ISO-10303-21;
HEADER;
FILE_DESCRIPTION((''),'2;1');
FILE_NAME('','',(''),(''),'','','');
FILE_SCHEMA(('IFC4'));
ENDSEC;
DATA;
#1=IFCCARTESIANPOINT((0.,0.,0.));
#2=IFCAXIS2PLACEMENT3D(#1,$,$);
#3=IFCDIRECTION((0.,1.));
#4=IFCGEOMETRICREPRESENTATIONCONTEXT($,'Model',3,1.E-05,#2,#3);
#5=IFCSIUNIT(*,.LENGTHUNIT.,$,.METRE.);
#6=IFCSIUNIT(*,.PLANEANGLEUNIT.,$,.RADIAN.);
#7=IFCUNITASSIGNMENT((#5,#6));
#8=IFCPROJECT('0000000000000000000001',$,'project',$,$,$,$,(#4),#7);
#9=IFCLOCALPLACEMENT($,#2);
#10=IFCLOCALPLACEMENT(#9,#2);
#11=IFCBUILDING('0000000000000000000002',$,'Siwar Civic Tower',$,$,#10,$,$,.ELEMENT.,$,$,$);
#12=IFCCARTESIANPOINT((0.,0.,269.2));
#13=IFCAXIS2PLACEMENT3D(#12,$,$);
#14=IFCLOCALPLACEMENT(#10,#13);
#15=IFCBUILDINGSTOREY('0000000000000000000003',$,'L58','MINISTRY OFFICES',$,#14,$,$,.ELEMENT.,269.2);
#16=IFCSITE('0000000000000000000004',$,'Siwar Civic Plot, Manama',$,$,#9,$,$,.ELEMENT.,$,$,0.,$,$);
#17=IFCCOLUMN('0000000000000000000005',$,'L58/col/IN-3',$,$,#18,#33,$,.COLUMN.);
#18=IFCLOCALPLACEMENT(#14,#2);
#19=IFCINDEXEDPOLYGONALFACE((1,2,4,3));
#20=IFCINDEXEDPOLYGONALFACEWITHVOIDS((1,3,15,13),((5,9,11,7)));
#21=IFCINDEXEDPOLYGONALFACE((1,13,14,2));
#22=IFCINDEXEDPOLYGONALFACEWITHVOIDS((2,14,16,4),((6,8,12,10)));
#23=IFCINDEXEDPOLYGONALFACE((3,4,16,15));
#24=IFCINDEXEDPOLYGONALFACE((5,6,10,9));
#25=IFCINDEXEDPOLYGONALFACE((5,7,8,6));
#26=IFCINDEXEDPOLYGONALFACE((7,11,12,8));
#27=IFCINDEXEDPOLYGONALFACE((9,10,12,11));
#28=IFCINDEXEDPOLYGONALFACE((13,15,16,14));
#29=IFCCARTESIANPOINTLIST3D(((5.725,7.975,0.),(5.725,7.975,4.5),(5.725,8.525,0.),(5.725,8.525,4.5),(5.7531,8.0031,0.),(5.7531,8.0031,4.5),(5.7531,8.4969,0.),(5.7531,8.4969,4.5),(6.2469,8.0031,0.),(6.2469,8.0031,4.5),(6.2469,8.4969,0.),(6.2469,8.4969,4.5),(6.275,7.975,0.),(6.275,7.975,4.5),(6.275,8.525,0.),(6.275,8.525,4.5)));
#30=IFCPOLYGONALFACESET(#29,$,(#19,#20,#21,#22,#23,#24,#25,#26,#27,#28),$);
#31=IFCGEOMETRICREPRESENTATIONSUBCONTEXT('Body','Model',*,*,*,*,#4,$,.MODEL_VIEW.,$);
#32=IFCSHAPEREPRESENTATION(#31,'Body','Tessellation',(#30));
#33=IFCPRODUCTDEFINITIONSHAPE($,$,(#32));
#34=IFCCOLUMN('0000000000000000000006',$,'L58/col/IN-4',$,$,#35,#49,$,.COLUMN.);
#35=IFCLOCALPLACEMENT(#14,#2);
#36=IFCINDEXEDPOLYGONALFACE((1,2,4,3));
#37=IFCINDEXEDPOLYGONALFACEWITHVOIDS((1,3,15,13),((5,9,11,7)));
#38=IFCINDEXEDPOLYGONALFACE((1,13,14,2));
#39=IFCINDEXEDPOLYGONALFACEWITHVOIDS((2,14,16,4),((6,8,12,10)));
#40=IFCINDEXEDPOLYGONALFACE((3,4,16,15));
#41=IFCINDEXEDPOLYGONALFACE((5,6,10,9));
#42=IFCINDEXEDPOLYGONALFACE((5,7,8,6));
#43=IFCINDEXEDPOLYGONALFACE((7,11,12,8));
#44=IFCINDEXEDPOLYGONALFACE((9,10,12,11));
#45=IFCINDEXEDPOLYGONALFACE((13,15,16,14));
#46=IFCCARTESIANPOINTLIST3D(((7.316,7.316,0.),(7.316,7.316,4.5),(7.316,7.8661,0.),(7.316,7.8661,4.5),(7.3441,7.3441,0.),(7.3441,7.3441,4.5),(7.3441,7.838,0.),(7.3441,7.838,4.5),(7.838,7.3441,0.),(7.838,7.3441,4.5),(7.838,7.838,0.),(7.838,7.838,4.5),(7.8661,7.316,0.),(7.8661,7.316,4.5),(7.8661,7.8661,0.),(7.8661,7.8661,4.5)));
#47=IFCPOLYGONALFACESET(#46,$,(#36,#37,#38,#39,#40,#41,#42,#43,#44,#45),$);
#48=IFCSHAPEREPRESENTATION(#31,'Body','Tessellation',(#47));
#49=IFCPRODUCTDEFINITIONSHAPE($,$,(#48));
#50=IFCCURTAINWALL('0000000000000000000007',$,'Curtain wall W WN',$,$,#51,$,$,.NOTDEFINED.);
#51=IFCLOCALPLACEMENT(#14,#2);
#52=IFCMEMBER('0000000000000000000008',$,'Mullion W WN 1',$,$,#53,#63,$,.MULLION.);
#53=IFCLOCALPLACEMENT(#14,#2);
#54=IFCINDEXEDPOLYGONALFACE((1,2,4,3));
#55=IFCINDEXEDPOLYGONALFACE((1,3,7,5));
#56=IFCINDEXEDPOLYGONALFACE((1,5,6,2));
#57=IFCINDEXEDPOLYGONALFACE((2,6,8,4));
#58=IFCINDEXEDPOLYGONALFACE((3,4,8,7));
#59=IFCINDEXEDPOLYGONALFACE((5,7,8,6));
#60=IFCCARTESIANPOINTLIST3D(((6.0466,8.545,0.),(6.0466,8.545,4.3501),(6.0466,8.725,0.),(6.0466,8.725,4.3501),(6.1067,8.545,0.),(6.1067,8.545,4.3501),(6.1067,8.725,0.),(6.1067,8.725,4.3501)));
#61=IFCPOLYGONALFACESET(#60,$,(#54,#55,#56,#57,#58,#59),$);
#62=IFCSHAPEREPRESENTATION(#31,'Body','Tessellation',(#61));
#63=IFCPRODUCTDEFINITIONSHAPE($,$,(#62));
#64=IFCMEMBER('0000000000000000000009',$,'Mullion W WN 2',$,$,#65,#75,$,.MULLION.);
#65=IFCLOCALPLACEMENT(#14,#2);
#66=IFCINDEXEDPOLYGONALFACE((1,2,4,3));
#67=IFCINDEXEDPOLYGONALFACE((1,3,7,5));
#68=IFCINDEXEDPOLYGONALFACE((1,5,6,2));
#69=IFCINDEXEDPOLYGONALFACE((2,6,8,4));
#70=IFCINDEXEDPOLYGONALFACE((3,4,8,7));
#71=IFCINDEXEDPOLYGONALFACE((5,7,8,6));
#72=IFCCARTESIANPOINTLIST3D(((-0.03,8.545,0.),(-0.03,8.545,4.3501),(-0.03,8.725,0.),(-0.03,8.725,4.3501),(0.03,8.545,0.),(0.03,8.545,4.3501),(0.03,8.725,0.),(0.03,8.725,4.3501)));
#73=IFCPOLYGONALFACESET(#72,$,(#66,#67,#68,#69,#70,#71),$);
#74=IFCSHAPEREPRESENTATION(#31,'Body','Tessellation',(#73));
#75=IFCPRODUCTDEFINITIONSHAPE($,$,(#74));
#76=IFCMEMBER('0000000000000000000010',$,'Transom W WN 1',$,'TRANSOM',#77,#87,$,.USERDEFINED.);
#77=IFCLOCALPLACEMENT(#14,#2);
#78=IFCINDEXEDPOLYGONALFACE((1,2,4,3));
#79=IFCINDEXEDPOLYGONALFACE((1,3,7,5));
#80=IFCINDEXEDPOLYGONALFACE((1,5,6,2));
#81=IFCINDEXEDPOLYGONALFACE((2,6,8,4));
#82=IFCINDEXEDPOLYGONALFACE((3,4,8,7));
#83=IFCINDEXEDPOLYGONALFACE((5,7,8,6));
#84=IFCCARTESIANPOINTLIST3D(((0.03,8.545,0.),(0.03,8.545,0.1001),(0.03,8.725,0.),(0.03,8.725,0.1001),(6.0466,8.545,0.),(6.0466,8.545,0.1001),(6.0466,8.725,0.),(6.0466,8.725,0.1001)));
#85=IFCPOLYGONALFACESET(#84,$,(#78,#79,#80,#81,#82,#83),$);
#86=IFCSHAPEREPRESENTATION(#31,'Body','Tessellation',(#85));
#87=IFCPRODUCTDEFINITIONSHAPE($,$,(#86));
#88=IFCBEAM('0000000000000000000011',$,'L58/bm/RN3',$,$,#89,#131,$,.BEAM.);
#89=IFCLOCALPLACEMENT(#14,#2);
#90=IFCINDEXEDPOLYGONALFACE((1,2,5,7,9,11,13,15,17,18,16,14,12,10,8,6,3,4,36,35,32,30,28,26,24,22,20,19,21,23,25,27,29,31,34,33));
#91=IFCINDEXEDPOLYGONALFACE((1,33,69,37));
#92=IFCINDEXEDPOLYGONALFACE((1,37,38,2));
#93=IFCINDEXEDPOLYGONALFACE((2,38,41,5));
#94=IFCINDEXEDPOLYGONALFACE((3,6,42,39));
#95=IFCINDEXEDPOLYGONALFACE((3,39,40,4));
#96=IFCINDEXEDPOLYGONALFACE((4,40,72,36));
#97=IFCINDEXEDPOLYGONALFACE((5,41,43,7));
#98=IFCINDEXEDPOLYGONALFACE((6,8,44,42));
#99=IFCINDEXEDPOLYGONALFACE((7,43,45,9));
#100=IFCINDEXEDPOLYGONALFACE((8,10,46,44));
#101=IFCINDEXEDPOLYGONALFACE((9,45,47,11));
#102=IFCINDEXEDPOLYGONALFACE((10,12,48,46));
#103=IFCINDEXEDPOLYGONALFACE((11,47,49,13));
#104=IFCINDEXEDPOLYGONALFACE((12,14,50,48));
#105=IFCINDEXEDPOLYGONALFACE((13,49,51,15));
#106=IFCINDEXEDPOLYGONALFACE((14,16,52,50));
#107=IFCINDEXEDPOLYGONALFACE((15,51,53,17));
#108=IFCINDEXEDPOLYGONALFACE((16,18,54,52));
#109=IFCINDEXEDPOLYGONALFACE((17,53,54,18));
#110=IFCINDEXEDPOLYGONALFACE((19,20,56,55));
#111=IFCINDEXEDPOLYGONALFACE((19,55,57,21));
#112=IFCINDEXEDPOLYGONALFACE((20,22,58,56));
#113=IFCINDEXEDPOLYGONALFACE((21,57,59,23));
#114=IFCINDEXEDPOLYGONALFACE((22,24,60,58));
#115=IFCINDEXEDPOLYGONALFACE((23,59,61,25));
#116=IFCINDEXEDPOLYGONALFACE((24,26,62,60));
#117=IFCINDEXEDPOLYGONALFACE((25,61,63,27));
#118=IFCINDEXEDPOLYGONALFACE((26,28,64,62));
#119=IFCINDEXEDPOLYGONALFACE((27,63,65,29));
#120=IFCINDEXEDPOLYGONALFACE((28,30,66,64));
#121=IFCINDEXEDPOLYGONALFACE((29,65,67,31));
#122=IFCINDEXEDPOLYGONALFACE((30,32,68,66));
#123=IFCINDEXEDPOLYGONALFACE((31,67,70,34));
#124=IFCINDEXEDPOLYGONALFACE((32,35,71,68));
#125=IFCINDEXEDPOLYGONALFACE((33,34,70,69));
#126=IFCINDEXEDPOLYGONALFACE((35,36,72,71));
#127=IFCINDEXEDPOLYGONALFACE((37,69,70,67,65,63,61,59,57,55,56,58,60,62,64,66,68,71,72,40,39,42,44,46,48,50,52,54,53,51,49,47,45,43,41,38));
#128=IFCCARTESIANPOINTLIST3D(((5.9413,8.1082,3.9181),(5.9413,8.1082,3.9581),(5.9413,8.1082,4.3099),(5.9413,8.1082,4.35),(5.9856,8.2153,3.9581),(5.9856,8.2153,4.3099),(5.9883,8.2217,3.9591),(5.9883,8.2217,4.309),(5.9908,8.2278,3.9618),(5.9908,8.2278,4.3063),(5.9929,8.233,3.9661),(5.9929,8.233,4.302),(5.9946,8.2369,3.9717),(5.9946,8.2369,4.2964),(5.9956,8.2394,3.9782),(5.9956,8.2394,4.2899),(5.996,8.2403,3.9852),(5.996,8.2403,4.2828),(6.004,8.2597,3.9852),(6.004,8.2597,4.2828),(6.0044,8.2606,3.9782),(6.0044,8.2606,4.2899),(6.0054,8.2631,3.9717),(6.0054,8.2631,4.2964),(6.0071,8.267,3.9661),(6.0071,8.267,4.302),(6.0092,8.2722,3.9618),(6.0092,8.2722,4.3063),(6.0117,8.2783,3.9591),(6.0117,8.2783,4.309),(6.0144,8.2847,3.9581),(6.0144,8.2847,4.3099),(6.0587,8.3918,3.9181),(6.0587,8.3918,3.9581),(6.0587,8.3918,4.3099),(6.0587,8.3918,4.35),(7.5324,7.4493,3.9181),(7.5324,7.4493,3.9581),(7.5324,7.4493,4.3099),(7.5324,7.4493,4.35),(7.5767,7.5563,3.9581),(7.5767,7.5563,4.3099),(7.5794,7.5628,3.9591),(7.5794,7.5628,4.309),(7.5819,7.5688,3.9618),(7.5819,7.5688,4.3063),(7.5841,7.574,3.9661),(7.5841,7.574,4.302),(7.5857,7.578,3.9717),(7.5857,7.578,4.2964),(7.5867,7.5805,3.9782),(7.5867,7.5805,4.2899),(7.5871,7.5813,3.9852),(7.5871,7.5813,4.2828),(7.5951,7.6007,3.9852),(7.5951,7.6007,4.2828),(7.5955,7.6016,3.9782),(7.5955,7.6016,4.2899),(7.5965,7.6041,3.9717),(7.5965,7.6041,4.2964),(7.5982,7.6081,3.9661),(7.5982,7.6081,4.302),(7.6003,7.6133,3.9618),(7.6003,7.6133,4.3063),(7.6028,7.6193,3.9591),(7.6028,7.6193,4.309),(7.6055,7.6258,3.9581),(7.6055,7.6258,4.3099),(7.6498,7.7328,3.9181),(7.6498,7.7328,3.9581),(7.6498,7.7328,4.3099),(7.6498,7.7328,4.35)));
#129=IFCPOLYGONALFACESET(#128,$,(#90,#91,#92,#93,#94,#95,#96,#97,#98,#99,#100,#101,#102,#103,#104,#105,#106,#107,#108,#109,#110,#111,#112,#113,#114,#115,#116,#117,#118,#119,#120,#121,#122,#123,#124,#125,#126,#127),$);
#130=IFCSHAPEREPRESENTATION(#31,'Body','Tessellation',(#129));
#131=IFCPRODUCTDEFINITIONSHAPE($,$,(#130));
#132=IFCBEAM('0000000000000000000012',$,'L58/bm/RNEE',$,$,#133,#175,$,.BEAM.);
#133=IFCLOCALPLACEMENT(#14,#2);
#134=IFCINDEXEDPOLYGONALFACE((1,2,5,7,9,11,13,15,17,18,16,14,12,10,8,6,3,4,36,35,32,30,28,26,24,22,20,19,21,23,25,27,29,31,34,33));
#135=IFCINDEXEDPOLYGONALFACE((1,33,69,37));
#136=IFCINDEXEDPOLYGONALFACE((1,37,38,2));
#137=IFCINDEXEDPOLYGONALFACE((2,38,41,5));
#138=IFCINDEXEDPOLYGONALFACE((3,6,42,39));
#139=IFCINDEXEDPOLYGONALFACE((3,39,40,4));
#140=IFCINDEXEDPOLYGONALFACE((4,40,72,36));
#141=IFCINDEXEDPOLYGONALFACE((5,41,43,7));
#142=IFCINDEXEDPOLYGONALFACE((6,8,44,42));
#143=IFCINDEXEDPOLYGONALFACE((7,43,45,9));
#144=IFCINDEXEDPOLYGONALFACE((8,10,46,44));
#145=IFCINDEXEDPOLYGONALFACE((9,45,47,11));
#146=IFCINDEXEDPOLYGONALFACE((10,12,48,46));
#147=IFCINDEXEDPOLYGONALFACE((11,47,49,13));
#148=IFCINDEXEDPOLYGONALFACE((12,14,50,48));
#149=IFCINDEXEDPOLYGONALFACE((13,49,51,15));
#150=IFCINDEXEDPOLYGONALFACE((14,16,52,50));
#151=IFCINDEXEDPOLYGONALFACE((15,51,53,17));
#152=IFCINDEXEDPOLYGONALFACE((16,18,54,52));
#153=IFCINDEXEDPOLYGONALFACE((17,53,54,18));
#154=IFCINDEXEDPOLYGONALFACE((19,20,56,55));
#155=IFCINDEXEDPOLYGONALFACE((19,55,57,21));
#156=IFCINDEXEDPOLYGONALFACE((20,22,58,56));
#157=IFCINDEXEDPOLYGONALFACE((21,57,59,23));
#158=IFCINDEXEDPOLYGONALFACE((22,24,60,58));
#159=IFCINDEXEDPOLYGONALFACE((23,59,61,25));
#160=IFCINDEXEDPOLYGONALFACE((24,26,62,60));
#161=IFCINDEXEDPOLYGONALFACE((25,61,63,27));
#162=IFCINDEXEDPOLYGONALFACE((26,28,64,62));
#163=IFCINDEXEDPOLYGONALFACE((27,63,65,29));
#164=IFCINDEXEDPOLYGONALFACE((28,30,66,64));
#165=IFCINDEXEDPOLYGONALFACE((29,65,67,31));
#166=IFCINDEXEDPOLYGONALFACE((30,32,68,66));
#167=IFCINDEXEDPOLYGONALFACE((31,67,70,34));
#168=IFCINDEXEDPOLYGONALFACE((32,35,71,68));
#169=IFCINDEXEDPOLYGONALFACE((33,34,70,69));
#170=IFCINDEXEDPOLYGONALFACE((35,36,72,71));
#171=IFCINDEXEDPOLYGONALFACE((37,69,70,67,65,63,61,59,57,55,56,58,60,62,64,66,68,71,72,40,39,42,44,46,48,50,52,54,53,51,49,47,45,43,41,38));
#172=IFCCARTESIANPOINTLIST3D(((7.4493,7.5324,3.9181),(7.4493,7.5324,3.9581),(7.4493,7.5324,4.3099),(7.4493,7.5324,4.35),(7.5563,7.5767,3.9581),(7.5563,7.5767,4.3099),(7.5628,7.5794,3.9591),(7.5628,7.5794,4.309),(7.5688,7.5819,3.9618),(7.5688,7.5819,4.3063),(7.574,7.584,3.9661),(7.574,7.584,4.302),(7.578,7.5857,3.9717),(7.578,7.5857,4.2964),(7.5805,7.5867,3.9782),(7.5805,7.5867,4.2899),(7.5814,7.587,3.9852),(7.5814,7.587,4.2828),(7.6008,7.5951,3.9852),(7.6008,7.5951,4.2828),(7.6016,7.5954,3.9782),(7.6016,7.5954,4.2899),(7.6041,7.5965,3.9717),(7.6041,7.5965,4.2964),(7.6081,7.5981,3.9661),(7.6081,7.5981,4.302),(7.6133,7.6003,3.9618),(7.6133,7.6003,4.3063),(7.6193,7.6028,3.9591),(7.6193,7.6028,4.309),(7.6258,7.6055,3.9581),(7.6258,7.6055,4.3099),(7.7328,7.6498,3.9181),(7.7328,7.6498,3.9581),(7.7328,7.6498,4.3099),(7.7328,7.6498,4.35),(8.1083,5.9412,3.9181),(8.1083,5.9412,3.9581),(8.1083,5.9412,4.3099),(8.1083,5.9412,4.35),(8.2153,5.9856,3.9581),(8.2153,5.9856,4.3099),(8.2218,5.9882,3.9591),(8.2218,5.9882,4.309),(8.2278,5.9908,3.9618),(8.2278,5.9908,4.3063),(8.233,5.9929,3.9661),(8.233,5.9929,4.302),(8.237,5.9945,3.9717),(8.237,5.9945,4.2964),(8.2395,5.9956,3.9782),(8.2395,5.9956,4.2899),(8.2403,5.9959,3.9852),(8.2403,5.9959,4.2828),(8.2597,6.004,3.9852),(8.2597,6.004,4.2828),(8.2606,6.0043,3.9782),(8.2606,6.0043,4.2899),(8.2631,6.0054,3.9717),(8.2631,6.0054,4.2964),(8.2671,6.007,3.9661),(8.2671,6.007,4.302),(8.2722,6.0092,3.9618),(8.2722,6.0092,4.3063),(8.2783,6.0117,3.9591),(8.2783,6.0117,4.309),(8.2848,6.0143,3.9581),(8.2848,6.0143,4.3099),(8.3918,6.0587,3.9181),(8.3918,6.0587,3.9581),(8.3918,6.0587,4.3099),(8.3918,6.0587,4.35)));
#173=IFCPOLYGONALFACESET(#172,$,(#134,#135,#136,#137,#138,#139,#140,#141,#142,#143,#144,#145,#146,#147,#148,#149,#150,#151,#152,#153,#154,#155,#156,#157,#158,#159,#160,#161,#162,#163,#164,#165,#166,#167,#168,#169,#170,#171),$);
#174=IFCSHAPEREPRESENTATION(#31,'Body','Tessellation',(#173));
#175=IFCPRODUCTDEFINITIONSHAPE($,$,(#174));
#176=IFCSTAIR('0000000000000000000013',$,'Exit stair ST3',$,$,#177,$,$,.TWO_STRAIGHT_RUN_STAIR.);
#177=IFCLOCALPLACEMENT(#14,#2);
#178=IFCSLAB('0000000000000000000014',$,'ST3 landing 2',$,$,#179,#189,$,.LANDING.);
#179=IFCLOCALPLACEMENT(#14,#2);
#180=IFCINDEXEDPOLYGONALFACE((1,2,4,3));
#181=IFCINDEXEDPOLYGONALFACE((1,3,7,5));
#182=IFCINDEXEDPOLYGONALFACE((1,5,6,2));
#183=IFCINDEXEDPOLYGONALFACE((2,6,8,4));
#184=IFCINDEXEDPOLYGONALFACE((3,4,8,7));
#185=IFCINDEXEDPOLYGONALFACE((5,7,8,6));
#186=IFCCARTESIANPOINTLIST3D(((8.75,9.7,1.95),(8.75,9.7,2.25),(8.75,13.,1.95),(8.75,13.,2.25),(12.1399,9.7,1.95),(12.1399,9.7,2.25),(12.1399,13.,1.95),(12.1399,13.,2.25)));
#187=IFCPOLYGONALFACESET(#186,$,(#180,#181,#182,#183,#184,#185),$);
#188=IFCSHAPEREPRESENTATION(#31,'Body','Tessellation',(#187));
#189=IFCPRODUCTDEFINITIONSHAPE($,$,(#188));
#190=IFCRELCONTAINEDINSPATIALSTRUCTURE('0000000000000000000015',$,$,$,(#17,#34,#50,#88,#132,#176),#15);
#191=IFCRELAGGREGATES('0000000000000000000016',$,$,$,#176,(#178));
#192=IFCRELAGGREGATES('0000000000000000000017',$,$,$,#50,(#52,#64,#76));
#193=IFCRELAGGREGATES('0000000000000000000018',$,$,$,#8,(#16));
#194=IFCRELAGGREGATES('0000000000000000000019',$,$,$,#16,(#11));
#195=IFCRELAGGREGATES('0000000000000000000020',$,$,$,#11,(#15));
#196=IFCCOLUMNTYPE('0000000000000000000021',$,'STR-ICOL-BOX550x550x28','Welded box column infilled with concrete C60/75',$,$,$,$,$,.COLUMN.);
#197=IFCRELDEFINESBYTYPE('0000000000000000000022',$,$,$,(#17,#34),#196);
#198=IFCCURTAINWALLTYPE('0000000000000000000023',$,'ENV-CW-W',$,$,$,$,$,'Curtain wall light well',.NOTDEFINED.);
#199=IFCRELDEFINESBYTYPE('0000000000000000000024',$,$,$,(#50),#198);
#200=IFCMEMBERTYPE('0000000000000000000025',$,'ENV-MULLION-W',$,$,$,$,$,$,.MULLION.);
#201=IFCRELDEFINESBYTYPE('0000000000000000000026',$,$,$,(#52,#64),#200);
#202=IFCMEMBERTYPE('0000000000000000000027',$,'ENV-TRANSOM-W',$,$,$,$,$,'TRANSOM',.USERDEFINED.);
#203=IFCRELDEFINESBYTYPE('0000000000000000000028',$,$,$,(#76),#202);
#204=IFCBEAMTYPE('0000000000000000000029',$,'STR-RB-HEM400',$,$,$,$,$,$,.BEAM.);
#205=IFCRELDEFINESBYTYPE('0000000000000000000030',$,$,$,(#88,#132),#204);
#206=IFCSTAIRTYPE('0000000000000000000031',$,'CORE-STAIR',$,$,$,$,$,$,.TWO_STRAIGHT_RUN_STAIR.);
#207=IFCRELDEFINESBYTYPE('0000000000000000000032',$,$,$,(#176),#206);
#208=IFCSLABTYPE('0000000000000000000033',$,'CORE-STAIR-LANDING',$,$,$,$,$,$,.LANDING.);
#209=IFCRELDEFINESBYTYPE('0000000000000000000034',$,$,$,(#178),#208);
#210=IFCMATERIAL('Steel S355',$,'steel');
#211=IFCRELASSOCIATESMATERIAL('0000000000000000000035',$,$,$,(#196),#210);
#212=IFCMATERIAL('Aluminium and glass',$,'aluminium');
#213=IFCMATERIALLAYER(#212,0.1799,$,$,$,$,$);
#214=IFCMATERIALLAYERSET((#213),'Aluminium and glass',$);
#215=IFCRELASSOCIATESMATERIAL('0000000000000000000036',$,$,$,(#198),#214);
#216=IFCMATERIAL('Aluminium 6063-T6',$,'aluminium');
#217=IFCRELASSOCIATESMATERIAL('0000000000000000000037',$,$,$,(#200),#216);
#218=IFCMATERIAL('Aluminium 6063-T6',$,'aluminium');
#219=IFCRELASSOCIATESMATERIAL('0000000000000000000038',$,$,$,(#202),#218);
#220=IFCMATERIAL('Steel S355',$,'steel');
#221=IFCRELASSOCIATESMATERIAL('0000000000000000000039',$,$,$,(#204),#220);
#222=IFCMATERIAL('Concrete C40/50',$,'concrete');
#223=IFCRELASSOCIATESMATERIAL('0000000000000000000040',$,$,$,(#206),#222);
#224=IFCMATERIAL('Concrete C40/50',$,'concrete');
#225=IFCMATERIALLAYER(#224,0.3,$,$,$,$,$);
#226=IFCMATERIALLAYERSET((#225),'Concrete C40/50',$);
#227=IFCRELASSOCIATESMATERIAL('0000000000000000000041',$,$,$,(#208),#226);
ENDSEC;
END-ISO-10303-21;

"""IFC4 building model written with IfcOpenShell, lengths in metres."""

from ifc_helpers import new_model, si_unit, direction, frame, origin, origin_2d, place, context, subcontext, project, spatial, polyline, rectangle, hollow_rectangle, i_section, outline, extrude, material, layer, layer_set, material_profile, profile_set, type_object, element, aggregate, save


model = new_model("IFC4")

# Units and contexts
model_context = context("Model", 3, precision=1e-05, world=origin(), true_north=direction((0.0, 1.0)))
body_context = subcontext(model_context, "Body", "Model", "MODEL_VIEW")
ifc_project = project(units=[si_unit("LENGTHUNIT", "METRE"), si_unit("PLANEANGLEUNIT", "RADIAN")], contexts=[model_context])

# Site, building, storey
site_placement = place(None, origin())
site = spatial("IfcSite", under=ifc_project, at=site_placement, Name="Siwar Civic Plot, Manama", CompositionType="ELEMENT", RefElevation=0.0)
building_placement = place(site_placement, origin())
building = spatial("IfcBuilding", under=site, at=building_placement, Name="Siwar Civic Tower", CompositionType="ELEMENT")
storey_placement = place(building_placement, frame((0.0, 0.0, 269.2)))
storey = spatial("IfcBuildingStorey", under=building, at=storey_placement, Name="L58", Description="MINISTRY OFFICES", CompositionType="ELEMENT", Elevation=269.2)

# Columns
ifc_material_1 = material(Name="Steel S355", Category="steel")
ifc_material_profile_1 = material_profile(ifc_material_1, hollow_rectangle(XDim=0.55, YDim=0.55, WallThickness=0.0281, at=origin_2d()), Name="BOX550x550x28")
ifc_profile_set_1 = profile_set([ifc_material_profile_1], Name="Steel S355")
column_type = type_object("IfcColumnType", Name="STR-ICOL-BOX550x550x28", Description="Welded box column infilled with concrete C60/75", PredefinedType="COLUMN", material=ifc_profile_set_1)
for number, where, z_axis, x_axis, name in (
    (1, (6.0, 8.25, 0.0), (0.0, 0.0, 1.0), (1.0, 0.0, 0.0), "L58/col/IN-3"),
    (2, (7.5911, 7.5911, 0.0), (0.0, 0.0, 1.0), (1.0, 0.0, 0.0), "L58/col/IN-4"),
):
    element("IfcColumn", number, at=place(storey_placement, frame(where, z_axis=z_axis, x_axis=x_axis)), inside=storey, type_object=column_type, Name=name, PredefinedType="COLUMN", context=body_context, shape_type="SweptSolid", body=[
        extrude(hollow_rectangle(XDim=0.55, YDim=0.55, WallThickness=0.0281, at=origin_2d()), origin(), (0.0, 0.0, 1.0), 4.5),
    ])

# Curtain wall, members
ifc_material_2 = material(Name="Aluminium and glass", Category="aluminium")
ifc_layer_1 = layer(ifc_material_2, 0.1799)
ifc_layer_set_1 = layer_set([ifc_layer_1], Name="Aluminium and glass")
curtain_wall_type = type_object("IfcCurtainWallType", Name="ENV-CW-W", ElementType="Curtain wall light well", PredefinedType="NOTDEFINED", material=ifc_layer_set_1)
curtain_wall_placement = place(storey_placement, origin())
curtain_wall = element("IfcCurtainWall", 3, at=curtain_wall_placement, inside=storey, type_object=curtain_wall_type, Name="Curtain wall W WN", PredefinedType="NOTDEFINED")
ifc_material_3 = material(Name="Aluminium 6063-T6", Category="aluminium")
ifc_material_profile_2 = material_profile(ifc_material_3, rectangle(XDim=0.1799, YDim=0.0601, at=origin_2d()), Name="AL 180x60")
ifc_profile_set_2 = profile_set([ifc_material_profile_2], Name="Aluminium 6063-T6")
member_type_1 = type_object("IfcMemberType", Name="ENV-MULLION-W", PredefinedType="MULLION", material=ifc_profile_set_2)
member_1_placement = place(storey_placement, frame((6.0767, 8.635, 0.0), z_axis=(0.0, 0.0, 1.0), x_axis=(0.0, -1.0, 0.0)))
member_1 = element("IfcMember", 4, at=member_1_placement, type_object=member_type_1, Name="Mullion W WN 1", PredefinedType="MULLION", context=body_context, shape_type="SweptSolid", body=[
    extrude(rectangle(XDim=0.1799, YDim=0.0601, at=origin_2d()), origin(), (0.0, 0.0, 1.0), 4.3501),
])
member_2_placement = place(storey_placement, frame((0.0, 8.635, 0.0), z_axis=(0.0, 0.0, 1.0), x_axis=(0.0, -1.0, 0.0)))
member_2 = element("IfcMember", 5, at=member_2_placement, type_object=member_type_1, Name="Mullion W WN 2", PredefinedType="MULLION", context=body_context, shape_type="SweptSolid", body=[
    extrude(rectangle(XDim=0.1799, YDim=0.0601, at=origin_2d()), origin(), (0.0, 0.0, 1.0), 4.3501),
])
ifc_material_4 = material(Name="Aluminium 6063-T6", Category="aluminium")
ifc_material_profile_3 = material_profile(ifc_material_4, rectangle(XDim=0.1799, YDim=0.1001, at=origin_2d()), Name="AL 180x100")
ifc_profile_set_3 = profile_set([ifc_material_profile_3], Name="Aluminium 6063-T6")
member_type_2 = type_object("IfcMemberType", Name="ENV-TRANSOM-W", ElementType="TRANSOM", PredefinedType="USERDEFINED", material=ifc_profile_set_3)
member_3_placement = place(storey_placement, frame((6.0466, 8.635, 0.05), z_axis=(-1.0, 0.0, 0.0), x_axis=(0.0, -1.0, 0.0)))
member_3 = element("IfcMember", 6, at=member_3_placement, type_object=member_type_2, Name="Transom W WN 1", ObjectType="TRANSOM", PredefinedType="USERDEFINED", context=body_context, shape_type="SweptSolid", body=[
    extrude(rectangle(XDim=0.1799, YDim=0.1001, at=origin_2d()), origin(), (0.0, 0.0, 1.0), 6.0166),
])

# Beams
ifc_material_5 = material(Name="Steel S355", Category="steel")
ifc_material_profile_4 = material_profile(ifc_material_5, i_section(OverallWidth=0.3069, OverallDepth=0.4319, WebThickness=0.021, FlangeThickness=0.04, FilletRadius=0.0271, at=origin_2d()), Name="HEM400")
ifc_profile_set_4 = profile_set([ifc_material_profile_4], Name="Steel S355")
beam_type = type_object("IfcBeamType", Name="STR-RB-HEM400", PredefinedType="BEAM", material=ifc_profile_set_4)
for number, where, z_axis, x_axis, name in (
    (7, (6.0, 8.25, 4.134), (0.923901, -0.382631, 0.0), (0.382631, 0.923901, 0.0), "L58/bm/RN3"),
    (8, (7.5911, 7.5911, 4.134), (0.382631, -0.923901, 0.0), (0.923901, 0.382631, 0.0), "L58/bm/RNEE"),
):
    element("IfcBeam", number, at=place(storey_placement, frame(where, z_axis=z_axis, x_axis=x_axis)), inside=storey, type_object=beam_type, Name=name, PredefinedType="BEAM", context=body_context, shape_type="SweptSolid", body=[
        extrude(i_section(OverallWidth=0.3069, OverallDepth=0.4319, WebThickness=0.021, FlangeThickness=0.04, FilletRadius=0.0271, at=origin_2d()), origin(), (0.0, 0.0, 1.0), 1.7222),
    ])

# Stair, slab
ifc_material_6 = material(Name="Concrete C40/50", Category="concrete")
stair_type = type_object("IfcStairType", Name="CORE-STAIR", PredefinedType="TWO_STRAIGHT_RUN_STAIR", material=ifc_material_6)
stair_1_placement = place(storey_placement, origin())
stair_1 = element("IfcStair", 9, at=stair_1_placement, inside=storey, type_object=stair_type, Name="Exit stair ST3", PredefinedType="TWO_STRAIGHT_RUN_STAIR")
ifc_material_7 = material(Name="Concrete C40/50", Category="concrete")
ifc_layer_2 = layer(ifc_material_7, 0.3)
ifc_layer_set_2 = layer_set([ifc_layer_2], Name="Concrete C40/50")
slab_type_1 = type_object("IfcSlabType", Name="CORE-STAIR-LANDING", PredefinedType="LANDING", material=ifc_layer_set_2)
slab_1_placement = place(storey_placement, frame((0.0, 0.0, 1.95)))
slab_1 = element("IfcSlab", 10, at=slab_1_placement, type_object=slab_type_1, Name="ST3 landing 2", PredefinedType="LANDING", context=body_context, shape_type="SweptSolid", body=[
    extrude(outline(polyline([(8.75, 9.7), (12.1399, 9.7), (12.1399, 13.0), (8.75, 13.0), (8.75, 9.7)])), origin(), (0.0, 0.0, 1.0), 0.3),
])
aggregate(stair_1, [slab_1])

aggregate(curtain_wall, [member_1, member_2, member_3])

save(model, "model.ifc")
